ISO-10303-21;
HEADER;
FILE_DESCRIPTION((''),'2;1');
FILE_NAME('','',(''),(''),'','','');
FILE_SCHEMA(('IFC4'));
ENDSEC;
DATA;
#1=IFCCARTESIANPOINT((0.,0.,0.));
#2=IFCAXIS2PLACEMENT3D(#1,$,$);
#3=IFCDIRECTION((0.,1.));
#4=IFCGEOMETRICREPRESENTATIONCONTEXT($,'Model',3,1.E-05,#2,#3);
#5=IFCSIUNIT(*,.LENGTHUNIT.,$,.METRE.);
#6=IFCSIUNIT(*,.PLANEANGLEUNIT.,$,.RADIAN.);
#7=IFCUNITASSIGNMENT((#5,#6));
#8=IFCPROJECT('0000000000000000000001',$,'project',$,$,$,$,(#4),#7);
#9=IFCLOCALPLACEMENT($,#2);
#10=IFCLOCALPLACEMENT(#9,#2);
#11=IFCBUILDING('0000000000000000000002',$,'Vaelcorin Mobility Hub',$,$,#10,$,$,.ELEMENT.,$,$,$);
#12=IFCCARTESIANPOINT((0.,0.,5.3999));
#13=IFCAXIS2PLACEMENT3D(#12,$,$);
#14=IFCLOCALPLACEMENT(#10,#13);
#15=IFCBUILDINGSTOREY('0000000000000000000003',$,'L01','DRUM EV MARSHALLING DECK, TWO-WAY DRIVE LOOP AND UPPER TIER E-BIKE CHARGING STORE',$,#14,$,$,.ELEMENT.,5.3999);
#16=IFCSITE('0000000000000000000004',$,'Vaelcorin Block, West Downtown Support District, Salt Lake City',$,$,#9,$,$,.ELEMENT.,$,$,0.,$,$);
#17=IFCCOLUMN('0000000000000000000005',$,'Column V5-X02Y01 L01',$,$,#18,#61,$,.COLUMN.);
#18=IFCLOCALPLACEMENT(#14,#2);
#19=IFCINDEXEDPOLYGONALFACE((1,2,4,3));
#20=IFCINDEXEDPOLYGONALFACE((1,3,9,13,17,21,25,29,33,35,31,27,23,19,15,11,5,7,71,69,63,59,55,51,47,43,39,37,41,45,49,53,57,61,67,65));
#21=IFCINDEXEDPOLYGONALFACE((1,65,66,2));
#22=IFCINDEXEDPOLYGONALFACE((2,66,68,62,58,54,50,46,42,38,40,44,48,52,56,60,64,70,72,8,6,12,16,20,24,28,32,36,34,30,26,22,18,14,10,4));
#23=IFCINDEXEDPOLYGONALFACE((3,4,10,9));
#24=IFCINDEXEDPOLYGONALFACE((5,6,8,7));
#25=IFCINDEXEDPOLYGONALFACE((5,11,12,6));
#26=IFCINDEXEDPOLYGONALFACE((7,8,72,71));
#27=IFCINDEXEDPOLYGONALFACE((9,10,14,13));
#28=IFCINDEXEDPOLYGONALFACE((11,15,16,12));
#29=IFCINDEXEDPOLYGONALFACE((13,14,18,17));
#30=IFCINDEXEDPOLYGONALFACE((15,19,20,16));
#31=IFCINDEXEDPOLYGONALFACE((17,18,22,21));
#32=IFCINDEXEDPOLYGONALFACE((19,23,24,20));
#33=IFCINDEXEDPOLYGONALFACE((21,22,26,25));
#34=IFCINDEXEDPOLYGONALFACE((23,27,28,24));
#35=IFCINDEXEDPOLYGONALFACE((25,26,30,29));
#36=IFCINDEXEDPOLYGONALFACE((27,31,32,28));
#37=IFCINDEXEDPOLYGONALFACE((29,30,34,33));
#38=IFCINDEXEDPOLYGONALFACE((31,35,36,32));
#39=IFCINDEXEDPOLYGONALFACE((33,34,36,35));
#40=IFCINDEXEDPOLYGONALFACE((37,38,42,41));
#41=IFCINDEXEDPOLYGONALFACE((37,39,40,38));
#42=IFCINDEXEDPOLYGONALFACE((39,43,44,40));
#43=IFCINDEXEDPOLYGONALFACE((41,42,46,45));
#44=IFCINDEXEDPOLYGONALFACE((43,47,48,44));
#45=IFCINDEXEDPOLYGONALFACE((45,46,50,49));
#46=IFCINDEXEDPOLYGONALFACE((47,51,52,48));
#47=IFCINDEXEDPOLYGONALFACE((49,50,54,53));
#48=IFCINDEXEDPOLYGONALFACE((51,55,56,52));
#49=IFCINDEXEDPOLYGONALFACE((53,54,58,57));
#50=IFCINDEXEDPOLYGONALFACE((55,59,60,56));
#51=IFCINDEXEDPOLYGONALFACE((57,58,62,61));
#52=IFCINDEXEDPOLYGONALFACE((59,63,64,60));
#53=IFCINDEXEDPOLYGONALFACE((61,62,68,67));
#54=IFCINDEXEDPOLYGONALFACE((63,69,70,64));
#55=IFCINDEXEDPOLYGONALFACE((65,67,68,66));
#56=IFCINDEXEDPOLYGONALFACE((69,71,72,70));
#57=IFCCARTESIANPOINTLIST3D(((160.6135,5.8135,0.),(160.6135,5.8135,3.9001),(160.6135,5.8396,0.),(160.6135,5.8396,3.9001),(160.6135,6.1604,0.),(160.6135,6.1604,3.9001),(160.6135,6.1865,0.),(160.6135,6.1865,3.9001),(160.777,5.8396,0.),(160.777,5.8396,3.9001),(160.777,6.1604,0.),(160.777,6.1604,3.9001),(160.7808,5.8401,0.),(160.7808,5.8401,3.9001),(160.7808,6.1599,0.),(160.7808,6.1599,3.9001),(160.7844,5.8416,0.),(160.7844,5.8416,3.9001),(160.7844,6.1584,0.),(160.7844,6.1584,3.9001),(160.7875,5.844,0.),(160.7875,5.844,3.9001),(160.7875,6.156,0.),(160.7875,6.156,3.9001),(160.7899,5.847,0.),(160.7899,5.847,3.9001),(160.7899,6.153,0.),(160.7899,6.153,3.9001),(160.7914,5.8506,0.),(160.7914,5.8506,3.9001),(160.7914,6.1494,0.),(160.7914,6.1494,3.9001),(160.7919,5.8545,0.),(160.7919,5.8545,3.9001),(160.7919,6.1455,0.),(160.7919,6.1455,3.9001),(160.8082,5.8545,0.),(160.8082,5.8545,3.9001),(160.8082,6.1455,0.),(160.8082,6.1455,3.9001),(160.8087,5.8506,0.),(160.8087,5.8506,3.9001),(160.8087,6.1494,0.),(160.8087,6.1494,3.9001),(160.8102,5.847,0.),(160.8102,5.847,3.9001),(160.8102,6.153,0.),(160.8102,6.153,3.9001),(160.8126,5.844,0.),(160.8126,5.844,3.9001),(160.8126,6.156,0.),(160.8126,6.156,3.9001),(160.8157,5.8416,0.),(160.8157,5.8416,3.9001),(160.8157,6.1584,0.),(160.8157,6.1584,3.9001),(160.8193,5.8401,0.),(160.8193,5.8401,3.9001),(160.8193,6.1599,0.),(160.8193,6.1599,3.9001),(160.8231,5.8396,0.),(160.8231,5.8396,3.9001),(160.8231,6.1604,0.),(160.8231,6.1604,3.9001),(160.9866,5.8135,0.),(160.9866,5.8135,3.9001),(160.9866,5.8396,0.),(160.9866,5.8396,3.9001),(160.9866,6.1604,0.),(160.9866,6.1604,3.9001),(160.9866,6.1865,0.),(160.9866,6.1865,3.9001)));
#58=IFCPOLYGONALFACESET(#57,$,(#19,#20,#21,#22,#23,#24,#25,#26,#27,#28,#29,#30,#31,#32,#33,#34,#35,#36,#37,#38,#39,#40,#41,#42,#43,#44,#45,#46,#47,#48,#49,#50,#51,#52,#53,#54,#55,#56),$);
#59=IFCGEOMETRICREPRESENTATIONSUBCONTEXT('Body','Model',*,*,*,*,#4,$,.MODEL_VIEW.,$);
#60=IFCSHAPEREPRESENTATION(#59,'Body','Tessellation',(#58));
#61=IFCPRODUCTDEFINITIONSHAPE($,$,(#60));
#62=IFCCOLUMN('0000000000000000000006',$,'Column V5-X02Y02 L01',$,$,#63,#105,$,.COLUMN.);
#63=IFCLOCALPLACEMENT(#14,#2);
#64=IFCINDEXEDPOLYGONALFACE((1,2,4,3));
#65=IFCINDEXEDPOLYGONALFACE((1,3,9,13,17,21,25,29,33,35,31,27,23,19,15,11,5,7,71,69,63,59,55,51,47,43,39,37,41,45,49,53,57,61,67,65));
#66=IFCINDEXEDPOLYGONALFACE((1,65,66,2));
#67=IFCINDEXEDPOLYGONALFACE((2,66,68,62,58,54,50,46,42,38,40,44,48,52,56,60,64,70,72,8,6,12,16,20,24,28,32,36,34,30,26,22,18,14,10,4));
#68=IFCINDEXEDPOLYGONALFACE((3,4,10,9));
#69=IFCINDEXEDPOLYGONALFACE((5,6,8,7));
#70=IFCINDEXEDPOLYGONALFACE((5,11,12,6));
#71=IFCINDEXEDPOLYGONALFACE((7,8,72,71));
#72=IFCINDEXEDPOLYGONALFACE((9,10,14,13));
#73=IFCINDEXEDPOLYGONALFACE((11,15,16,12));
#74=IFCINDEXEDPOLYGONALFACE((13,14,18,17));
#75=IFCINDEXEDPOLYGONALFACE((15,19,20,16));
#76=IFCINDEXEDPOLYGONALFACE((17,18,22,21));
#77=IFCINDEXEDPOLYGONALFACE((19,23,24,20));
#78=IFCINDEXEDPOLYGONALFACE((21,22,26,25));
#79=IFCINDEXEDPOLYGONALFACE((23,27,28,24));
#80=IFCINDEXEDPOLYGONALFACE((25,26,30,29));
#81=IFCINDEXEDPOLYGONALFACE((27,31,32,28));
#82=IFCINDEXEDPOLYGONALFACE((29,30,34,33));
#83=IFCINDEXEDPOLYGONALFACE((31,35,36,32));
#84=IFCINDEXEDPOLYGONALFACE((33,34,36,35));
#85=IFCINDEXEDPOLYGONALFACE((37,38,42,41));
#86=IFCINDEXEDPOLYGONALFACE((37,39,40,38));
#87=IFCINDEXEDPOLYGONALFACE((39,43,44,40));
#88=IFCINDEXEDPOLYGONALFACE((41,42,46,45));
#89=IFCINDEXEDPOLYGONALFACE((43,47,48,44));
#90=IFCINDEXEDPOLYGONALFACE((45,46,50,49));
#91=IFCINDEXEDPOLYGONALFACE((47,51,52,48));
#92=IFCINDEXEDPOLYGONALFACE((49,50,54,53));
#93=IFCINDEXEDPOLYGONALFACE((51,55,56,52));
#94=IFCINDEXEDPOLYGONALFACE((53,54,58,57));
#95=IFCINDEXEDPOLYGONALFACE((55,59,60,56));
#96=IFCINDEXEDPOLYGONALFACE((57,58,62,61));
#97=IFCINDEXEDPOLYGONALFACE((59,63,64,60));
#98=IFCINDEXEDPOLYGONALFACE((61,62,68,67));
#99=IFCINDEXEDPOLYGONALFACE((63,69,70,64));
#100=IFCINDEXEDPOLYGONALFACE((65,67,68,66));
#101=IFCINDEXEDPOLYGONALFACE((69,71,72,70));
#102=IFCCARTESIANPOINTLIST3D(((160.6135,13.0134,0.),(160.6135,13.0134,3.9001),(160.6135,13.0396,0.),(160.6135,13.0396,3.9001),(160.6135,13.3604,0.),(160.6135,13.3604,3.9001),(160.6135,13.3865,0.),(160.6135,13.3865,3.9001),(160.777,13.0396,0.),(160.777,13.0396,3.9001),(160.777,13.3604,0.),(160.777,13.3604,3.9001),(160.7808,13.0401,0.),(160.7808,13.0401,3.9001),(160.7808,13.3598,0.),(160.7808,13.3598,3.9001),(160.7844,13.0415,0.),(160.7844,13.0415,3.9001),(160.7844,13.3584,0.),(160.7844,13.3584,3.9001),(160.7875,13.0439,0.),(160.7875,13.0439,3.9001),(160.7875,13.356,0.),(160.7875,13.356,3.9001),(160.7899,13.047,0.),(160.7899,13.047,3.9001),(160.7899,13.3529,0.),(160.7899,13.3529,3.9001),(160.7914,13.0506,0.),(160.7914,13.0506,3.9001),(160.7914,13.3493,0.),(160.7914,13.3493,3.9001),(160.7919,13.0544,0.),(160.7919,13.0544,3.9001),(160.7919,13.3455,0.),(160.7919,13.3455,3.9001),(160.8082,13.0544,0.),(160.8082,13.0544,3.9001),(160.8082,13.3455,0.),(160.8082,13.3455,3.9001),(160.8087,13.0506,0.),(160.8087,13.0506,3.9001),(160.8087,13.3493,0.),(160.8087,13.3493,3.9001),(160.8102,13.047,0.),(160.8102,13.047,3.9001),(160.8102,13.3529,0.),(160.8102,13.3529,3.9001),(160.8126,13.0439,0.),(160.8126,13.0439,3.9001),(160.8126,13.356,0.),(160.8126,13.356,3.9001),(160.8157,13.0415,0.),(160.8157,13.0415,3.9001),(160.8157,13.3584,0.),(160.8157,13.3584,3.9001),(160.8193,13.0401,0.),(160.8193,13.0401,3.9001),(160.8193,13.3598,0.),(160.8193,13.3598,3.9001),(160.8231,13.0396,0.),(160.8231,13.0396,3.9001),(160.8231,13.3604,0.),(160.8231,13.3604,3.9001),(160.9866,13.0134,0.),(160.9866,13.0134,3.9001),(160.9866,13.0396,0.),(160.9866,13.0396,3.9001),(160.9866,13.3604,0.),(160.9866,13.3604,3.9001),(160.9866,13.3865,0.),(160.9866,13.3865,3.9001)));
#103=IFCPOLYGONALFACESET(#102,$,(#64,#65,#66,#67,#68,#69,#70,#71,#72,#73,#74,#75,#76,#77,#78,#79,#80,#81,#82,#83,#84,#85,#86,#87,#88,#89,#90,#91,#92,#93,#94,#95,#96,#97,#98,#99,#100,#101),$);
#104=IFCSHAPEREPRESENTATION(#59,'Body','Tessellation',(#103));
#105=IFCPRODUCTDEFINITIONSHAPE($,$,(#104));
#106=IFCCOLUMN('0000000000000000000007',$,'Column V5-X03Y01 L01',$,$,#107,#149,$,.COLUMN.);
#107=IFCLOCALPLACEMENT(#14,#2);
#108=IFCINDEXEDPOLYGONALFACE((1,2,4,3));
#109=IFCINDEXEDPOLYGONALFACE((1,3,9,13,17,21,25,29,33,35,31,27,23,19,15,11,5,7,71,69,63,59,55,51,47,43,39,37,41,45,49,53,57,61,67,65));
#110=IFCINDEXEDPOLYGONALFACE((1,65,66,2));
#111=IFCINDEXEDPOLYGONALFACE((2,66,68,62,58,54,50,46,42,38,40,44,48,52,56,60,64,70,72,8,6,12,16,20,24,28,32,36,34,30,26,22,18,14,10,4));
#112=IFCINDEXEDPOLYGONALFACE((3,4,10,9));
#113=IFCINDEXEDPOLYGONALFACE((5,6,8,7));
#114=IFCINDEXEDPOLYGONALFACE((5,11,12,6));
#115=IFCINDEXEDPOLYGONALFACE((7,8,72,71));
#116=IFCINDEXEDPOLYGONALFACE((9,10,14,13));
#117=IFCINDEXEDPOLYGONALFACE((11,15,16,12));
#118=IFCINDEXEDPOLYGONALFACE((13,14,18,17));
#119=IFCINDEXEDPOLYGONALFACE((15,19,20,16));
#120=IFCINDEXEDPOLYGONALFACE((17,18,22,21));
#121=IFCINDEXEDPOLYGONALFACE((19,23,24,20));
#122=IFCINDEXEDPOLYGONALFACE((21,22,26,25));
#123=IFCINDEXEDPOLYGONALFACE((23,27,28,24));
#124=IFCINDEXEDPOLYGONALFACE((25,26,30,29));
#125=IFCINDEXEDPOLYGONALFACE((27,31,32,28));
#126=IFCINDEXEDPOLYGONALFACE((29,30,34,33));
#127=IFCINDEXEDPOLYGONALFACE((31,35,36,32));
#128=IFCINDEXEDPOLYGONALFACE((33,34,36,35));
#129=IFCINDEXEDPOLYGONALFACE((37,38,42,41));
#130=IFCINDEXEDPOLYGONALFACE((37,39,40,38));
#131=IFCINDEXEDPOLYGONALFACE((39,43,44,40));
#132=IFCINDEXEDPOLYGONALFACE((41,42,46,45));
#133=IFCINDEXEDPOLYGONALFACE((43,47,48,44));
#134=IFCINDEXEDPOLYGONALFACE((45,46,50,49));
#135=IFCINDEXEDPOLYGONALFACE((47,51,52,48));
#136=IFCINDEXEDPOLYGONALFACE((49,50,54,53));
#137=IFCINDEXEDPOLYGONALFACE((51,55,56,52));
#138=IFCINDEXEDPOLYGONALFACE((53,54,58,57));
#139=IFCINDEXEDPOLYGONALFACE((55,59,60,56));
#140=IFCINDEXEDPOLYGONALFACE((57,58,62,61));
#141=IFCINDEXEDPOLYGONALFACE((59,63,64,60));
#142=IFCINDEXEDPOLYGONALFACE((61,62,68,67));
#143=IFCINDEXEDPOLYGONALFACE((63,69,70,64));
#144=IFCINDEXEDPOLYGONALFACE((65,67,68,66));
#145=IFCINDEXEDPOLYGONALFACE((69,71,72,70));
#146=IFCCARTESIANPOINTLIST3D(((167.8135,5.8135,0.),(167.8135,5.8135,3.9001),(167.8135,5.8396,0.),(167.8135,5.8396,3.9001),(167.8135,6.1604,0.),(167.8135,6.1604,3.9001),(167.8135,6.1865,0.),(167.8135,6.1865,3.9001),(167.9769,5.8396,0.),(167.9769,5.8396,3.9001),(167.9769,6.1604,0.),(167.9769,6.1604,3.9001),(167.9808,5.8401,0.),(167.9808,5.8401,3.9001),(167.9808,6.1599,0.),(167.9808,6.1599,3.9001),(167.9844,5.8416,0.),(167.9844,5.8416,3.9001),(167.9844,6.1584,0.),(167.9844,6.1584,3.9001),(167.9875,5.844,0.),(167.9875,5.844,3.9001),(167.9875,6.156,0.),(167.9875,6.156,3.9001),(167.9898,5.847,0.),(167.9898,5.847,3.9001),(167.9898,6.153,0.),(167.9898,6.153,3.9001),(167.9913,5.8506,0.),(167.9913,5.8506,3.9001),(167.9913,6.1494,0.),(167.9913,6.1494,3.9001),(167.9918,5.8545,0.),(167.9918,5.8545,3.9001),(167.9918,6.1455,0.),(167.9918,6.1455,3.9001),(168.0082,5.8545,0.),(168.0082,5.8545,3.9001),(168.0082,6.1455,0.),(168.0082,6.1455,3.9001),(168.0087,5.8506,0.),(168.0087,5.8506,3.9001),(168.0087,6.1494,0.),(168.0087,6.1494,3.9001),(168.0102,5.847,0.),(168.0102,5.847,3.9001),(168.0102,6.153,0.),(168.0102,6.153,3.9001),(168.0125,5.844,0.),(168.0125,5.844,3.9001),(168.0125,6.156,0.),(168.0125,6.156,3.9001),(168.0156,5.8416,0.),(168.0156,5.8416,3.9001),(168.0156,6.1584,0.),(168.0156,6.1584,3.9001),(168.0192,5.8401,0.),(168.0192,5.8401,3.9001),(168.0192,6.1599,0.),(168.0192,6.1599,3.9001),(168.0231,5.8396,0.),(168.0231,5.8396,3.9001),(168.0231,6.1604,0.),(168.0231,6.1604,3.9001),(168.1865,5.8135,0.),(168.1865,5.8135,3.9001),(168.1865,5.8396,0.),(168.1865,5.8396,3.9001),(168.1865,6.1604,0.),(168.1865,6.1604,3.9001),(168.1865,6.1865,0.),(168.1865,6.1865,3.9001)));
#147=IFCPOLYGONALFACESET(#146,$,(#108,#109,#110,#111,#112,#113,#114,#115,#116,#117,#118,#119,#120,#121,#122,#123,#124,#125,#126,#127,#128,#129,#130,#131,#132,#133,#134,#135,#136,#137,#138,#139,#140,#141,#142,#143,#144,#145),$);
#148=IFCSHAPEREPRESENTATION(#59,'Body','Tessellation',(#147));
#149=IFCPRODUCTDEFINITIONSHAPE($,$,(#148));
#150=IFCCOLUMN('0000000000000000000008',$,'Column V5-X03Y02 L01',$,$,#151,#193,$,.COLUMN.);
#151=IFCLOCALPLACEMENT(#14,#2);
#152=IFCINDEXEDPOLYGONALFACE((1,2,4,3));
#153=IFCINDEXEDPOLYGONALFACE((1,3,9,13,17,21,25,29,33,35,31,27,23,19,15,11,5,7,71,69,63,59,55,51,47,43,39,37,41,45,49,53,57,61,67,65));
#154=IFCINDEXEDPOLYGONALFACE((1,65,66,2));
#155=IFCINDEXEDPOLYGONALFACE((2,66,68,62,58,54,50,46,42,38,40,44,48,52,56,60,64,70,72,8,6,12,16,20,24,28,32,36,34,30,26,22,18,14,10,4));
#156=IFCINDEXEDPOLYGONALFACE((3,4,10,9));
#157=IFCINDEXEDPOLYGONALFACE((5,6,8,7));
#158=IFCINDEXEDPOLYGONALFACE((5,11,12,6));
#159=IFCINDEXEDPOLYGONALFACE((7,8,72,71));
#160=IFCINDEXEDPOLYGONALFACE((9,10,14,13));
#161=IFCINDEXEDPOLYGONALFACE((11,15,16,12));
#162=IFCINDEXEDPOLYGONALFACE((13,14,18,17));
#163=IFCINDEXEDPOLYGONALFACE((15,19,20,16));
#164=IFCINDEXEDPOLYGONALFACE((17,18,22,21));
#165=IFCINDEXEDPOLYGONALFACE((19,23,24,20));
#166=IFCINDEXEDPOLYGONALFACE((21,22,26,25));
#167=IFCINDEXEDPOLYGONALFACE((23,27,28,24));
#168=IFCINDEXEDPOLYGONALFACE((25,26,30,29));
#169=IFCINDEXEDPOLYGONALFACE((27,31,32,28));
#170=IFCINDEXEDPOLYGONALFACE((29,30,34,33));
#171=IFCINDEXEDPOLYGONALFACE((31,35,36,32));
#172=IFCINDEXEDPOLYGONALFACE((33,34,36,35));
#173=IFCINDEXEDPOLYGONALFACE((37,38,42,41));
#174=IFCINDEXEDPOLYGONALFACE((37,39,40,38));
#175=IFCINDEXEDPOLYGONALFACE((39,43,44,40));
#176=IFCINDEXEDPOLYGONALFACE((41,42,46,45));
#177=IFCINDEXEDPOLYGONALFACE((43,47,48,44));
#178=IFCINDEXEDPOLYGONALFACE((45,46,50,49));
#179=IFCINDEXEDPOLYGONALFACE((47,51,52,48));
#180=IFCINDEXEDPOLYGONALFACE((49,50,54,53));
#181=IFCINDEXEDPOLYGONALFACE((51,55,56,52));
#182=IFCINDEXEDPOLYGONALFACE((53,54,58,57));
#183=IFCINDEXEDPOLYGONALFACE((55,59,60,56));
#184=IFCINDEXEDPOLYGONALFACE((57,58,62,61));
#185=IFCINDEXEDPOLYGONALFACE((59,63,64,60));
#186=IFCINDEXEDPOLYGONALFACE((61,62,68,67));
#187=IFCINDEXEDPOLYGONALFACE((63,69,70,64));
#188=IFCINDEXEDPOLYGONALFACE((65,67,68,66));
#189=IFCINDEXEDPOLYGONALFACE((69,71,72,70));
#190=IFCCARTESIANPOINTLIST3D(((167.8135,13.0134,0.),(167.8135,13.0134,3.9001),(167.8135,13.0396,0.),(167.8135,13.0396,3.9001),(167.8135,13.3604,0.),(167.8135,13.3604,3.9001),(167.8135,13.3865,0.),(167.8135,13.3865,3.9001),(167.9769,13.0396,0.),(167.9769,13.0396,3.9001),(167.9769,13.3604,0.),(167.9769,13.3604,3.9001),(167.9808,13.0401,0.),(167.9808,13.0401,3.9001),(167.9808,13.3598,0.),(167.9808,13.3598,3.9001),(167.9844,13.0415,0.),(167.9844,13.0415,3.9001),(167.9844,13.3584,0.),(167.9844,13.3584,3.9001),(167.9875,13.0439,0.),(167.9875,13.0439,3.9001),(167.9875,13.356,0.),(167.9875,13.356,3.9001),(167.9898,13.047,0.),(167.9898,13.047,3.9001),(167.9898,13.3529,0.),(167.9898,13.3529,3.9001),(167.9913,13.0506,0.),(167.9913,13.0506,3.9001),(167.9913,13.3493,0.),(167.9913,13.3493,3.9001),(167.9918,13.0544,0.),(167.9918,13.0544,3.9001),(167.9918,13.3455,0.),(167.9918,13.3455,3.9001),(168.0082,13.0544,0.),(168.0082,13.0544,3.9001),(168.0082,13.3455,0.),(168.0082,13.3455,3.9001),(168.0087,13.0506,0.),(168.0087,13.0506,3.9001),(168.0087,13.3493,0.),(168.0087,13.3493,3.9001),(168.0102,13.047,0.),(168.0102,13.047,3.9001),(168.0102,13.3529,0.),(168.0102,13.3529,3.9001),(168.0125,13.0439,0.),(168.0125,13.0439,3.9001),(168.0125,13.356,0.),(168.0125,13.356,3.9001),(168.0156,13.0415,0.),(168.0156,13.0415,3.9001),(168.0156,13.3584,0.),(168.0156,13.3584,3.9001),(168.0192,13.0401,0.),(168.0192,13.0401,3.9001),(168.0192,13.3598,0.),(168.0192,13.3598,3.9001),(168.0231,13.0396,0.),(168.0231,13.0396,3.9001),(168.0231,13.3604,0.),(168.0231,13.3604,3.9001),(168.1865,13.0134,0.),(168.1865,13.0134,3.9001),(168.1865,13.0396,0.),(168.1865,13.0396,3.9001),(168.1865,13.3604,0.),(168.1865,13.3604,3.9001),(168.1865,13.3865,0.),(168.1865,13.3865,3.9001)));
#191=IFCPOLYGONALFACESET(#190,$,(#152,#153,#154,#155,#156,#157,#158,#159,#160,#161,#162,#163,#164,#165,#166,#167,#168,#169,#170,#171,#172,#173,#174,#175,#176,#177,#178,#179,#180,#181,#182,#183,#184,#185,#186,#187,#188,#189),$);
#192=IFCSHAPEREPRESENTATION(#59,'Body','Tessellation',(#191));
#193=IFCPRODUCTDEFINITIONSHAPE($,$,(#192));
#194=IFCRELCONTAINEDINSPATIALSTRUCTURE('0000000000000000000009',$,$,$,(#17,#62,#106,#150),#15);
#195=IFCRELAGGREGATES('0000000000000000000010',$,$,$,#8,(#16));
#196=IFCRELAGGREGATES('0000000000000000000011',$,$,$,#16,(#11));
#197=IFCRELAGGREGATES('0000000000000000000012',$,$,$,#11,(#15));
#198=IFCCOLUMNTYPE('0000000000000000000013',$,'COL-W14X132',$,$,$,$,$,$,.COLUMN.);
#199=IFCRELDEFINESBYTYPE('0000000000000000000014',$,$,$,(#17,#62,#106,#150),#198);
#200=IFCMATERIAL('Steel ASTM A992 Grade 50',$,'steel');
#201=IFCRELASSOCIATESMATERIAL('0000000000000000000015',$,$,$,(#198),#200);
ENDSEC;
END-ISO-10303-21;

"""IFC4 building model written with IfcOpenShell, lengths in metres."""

from ifc_helpers import new_model, si_unit, direction, frame, origin, origin_2d, place, context, subcontext, project, spatial, i_section, extrude, material, material_profile, profile_set, type_object, element, save


model = new_model("IFC4")

# Units and contexts
model_context = context("Model", 3, precision=1e-05, world=origin(), true_north=direction((0.0, 1.0)))
body_context = subcontext(model_context, "Body", "Model", "MODEL_VIEW")
ifc_project = project(units=[si_unit("LENGTHUNIT", "METRE"), si_unit("PLANEANGLEUNIT", "RADIAN")], contexts=[model_context])

# Site, building, storey
site_placement = place(None, origin())
site = spatial("IfcSite", under=ifc_project, at=site_placement, Name="Vaelcorin Block, West Downtown Support District, Salt Lake City", CompositionType="ELEMENT", RefElevation=0.0)
building_placement = place(site_placement, origin())
building = spatial("IfcBuilding", under=site, at=building_placement, Name="Vaelcorin Mobility Hub", CompositionType="ELEMENT")
storey_placement = place(building_placement, frame((0.0, 0.0, 5.3999)))
storey = spatial("IfcBuildingStorey", under=building, at=storey_placement, Name="L01", Description="DRUM EV MARSHALLING DECK, TWO-WAY DRIVE LOOP AND UPPER TIER E-BIKE CHARGING STORE", CompositionType="ELEMENT", Elevation=5.3999)

# Columns
ifc_material_1 = material(Name="Steel ASTM A992 Grade 50", Category="steel")
ifc_material_profile_1 = material_profile(ifc_material_1, i_section(OverallWidth=0.373, OverallDepth=0.373, WebThickness=0.0164, FlangeThickness=0.0261, FilletRadius=0.0149, at=origin_2d()), Name="W14X132")
ifc_profile_set_1 = profile_set([ifc_material_profile_1], Name="Steel ASTM A992 Grade 50")
column_type = type_object("IfcColumnType", Name="COL-W14X132", PredefinedType="COLUMN", material=ifc_profile_set_1)
for number, where, z_axis, x_axis, name in (
    (1, (160.8, 6.0, 0.0), (0.0, 0.0, 1.0), (1.0, 0.0, 0.0), "Column V5-X02Y01 L01"),
    (2, (160.8, 13.2, 0.0), (0.0, 0.0, 1.0), (1.0, 0.0, 0.0), "Column V5-X02Y02 L01"),
    (3, (168.0, 6.0, 0.0), (0.0, 0.0, 1.0), (1.0, 0.0, 0.0), "Column V5-X03Y01 L01"),
    (4, (168.0, 13.2, 0.0), (0.0, 0.0, 1.0), (1.0, 0.0, 0.0), "Column V5-X03Y02 L01"),
):
    element("IfcColumn", number, at=place(storey_placement, frame(where, z_axis=z_axis, x_axis=x_axis)), inside=storey, type_object=column_type, Name=name, PredefinedType="COLUMN", context=body_context, shape_type="SweptSolid", body=[
        extrude(i_section(OverallWidth=0.373, OverallDepth=0.373, WebThickness=0.0164, FlangeThickness=0.0261, FilletRadius=0.0149, at=origin_2d()), origin(), (0.0, 0.0, 1.0), 3.9001),
    ])

save(model, "model.ifc")
